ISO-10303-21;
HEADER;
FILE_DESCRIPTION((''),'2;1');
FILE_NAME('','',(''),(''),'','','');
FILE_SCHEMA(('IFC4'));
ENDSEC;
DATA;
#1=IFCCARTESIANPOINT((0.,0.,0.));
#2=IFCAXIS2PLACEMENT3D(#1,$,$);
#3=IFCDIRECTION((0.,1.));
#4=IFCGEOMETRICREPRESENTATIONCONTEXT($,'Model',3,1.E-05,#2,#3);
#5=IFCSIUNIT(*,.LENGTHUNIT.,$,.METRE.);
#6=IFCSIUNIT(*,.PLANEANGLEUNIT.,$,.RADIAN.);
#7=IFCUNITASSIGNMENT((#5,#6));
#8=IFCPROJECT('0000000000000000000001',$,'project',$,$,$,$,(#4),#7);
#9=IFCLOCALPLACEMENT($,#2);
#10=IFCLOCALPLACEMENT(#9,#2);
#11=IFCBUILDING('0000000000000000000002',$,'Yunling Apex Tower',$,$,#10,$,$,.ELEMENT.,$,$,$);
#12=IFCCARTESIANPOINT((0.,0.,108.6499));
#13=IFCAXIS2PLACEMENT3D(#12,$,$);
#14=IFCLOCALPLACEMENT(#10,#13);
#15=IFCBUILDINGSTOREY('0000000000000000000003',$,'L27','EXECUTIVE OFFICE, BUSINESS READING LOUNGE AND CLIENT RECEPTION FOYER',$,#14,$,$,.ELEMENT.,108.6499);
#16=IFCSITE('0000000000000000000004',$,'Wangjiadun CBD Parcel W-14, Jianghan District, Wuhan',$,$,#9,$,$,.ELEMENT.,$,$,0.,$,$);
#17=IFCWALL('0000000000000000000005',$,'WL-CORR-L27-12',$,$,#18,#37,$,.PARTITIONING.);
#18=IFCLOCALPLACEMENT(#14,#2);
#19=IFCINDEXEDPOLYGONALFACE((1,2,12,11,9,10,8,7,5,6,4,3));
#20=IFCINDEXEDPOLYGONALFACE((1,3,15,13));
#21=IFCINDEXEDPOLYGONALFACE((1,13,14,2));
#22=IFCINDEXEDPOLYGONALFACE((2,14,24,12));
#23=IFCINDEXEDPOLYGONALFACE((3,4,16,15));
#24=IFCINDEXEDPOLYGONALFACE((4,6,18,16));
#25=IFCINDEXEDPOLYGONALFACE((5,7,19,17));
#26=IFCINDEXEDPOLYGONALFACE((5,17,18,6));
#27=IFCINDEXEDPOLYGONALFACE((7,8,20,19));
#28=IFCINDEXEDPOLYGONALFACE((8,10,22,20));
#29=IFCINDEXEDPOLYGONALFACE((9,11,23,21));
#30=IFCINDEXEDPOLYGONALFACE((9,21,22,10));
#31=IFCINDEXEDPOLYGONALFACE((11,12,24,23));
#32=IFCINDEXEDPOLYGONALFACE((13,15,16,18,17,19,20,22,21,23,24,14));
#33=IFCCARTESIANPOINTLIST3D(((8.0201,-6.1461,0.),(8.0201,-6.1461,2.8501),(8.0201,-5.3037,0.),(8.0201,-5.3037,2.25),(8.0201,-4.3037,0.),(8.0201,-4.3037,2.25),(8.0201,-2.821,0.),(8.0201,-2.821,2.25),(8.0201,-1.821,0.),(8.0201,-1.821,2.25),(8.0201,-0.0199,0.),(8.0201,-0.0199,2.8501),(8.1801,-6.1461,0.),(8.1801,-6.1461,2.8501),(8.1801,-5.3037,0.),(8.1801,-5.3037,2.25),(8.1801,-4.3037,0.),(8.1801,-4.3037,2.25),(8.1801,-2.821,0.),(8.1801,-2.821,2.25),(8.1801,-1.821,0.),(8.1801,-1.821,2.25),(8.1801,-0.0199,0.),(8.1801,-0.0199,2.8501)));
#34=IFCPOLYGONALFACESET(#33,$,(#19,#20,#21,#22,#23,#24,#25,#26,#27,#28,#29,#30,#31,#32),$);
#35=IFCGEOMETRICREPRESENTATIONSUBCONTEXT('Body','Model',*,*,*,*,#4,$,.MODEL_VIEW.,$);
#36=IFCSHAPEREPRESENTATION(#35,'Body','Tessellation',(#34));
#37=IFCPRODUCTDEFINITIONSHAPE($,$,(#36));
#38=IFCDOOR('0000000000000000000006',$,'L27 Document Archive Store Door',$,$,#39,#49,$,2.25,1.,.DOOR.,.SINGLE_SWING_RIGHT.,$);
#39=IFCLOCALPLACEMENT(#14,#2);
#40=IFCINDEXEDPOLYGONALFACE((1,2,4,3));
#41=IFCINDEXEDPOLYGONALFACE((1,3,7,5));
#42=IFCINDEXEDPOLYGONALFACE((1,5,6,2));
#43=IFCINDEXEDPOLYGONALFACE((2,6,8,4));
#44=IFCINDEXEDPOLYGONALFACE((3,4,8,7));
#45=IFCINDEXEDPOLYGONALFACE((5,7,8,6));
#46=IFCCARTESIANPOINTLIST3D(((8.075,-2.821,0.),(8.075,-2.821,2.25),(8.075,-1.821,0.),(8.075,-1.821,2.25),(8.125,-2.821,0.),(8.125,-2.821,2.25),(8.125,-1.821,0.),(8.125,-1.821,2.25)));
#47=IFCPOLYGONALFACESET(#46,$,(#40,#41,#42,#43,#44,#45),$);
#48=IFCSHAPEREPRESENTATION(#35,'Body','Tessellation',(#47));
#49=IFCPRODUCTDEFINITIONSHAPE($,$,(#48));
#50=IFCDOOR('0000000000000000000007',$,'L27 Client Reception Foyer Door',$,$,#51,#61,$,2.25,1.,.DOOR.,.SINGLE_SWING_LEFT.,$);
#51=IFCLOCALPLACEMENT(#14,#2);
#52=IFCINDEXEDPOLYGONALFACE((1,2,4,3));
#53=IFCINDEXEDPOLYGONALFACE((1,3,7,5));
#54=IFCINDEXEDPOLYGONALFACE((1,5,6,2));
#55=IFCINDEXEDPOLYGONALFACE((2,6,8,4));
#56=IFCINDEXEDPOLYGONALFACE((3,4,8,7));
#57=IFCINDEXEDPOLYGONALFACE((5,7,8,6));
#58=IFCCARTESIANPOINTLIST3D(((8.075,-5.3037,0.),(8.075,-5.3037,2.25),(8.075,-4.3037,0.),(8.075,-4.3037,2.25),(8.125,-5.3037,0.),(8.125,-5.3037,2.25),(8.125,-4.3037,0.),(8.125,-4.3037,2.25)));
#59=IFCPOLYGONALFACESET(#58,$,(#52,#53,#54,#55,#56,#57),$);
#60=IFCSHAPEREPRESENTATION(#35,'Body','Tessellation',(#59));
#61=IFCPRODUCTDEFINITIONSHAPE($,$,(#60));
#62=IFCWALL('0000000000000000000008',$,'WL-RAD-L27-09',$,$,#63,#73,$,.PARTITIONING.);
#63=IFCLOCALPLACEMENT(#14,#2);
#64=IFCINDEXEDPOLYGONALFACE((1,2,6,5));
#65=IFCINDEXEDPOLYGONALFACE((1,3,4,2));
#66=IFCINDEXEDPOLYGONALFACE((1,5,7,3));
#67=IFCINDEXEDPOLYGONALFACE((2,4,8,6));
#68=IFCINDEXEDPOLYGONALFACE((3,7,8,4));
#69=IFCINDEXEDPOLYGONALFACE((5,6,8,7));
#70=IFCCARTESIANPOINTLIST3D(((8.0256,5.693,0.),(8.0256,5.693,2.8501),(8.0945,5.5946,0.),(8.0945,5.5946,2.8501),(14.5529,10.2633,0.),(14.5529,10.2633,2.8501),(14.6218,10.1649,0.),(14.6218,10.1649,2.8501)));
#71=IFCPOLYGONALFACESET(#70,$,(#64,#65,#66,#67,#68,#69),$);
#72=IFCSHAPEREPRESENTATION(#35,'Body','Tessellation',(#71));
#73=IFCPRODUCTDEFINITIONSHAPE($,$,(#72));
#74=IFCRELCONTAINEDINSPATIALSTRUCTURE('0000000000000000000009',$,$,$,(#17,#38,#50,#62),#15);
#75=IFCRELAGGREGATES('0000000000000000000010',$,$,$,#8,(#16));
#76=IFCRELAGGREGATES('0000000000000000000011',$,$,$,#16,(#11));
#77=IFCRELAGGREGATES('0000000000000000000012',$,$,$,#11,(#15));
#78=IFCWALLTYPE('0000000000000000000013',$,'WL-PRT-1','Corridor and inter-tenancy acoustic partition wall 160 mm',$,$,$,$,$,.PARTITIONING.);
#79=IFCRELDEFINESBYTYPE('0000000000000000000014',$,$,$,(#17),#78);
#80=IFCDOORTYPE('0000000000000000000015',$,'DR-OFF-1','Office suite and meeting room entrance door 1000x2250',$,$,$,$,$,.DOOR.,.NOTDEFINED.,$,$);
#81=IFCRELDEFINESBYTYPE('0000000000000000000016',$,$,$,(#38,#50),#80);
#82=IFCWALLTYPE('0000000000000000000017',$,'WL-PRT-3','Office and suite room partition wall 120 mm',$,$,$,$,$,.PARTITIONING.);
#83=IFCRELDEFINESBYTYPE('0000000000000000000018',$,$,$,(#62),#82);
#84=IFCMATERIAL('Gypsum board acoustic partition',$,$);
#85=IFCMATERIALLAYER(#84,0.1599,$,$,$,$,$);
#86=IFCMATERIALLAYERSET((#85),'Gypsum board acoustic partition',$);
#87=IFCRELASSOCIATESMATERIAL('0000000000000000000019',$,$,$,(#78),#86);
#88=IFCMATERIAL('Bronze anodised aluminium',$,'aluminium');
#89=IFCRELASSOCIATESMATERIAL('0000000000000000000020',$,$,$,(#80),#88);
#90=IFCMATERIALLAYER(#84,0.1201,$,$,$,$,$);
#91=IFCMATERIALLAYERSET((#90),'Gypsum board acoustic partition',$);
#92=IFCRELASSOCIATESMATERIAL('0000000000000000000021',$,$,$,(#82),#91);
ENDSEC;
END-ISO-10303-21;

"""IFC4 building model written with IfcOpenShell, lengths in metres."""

from ifc_helpers import new_model, si_unit, direction, frame, frame_2d, origin, place, context, subcontext, project, spatial, rectangle, extrude, material, layer, layer_set, type_object, element, fill, save


model = new_model("IFC4")

# Units and contexts
model_context = context("Model", 3, precision=1e-05, world=origin(), true_north=direction((0.0, 1.0)))
body_context = subcontext(model_context, "Body", "Model", "MODEL_VIEW")
ifc_project = project(units=[si_unit("LENGTHUNIT", "METRE"), si_unit("PLANEANGLEUNIT", "RADIAN")], contexts=[model_context])

# Site, building, storey
site_placement = place(None, origin())
site = spatial("IfcSite", under=ifc_project, at=site_placement, Name="Wangjiadun CBD Parcel W-14, Jianghan District, Wuhan", CompositionType="ELEMENT", RefElevation=0.0)
building_placement = place(site_placement, origin())
building = spatial("IfcBuilding", under=site, at=building_placement, Name="Yunling Apex Tower", CompositionType="ELEMENT")
storey_placement = place(building_placement, frame((0.0, 0.0, 108.6499)))
storey = spatial("IfcBuildingStorey", under=building, at=storey_placement, Name="L27", Description="EXECUTIVE OFFICE, BUSINESS READING LOUNGE AND CLIENT RECEPTION FOYER", CompositionType="ELEMENT", Elevation=108.6499)

# Shared definitions
ifc_material_1 = material(Name="Bronze anodised aluminium", Category="aluminium")

# Shared definitions
ifc_material_2 = material(Name="Gypsum board acoustic partition")
ifc_layer_1 = layer(ifc_material_2, 0.1599)
ifc_layer_set_1 = layer_set([ifc_layer_1], Name="Gypsum board acoustic partition")
wall_type_1 = type_object("IfcWallType", Name="WL-PRT-1", Description="Corridor and inter-tenancy acoustic partition wall 160 mm", PredefinedType="PARTITIONING", material=ifc_layer_set_1)

# Shared definitions
door_type = type_object("IfcDoorType", Name="DR-OFF-1", Description="Office suite and meeting room entrance door 1000x2250", OperationType="NOTDEFINED", PredefinedType="DOOR", material=ifc_material_1)

# Wall, openings, doors
wall_1_placement = place(storey_placement, frame((8.1001, -0.02, 0.0), z_axis=(0.0, 0.0, 1.0), x_axis=(0.0, -1.0, 0.0)))
wall_1 = element("IfcWall", 1, at=wall_1_placement, inside=storey, type_object=wall_type_1, Name="WL-CORR-L27-12", PredefinedType="PARTITIONING", context=body_context, shape_type="SweptSolid", body=[
    extrude(rectangle(XDim=6.1262, YDim=0.1599, at=frame_2d((3.063, 0.0))), origin(), (0.0, 0.0, 1.0), 2.8501),
])
opening_1_placement = place(wall_1_placement, frame((1.801, 0.0, 0.0)))
opening_1 = element("IfcOpeningElement", 2, at=opening_1_placement, cuts=wall_1, PredefinedType="OPENING", context=body_context, shape_type="SweptSolid", body=[
    extrude(rectangle(XDim=1.0, YDim=2.25, at=frame_2d((0.5, 1.125))), frame((0.0, 0.0898, 0.0), z_axis=(0.0, -1.0, 0.0), x_axis=(1.0, 0.0, 0.0)), (0.0, 0.0, 1.0), 0.1799),
])
opening_2_placement = place(wall_1_placement, frame((4.2837, 0.0, 0.0)))
opening_2 = element("IfcOpeningElement", 3, at=opening_2_placement, cuts=wall_1, PredefinedType="OPENING", context=body_context, shape_type="SweptSolid", body=[
    extrude(rectangle(XDim=1.0, YDim=2.25, at=frame_2d((0.5, 1.125))), frame((0.0, 0.0898, 0.0), z_axis=(0.0, -1.0, 0.0), x_axis=(1.0, 0.0, 0.0)), (0.0, 0.0, 1.0), 0.1799),
])
door_1_placement = place(opening_1_placement, origin())
door_1 = element("IfcDoor", 4, at=door_1_placement, inside=storey, type_object=door_type, Name="L27 Document Archive Store Door", OperationType="SINGLE_SWING_RIGHT", OverallHeight=2.25, OverallWidth=1.0, PredefinedType="DOOR", context=body_context, shape_type="SweptSolid", body=[
    extrude(rectangle(XDim=1.0, YDim=2.25, at=frame_2d((0.5, 1.125))), frame((0.0, 0.0249, 0.0), z_axis=(0.0, -1.0, 0.0), x_axis=(1.0, 0.0, 0.0)), (0.0, 0.0, 1.0), 0.05),
])
fill(opening_1, door_1)
door_2_placement = place(opening_2_placement, origin())
door_2 = element("IfcDoor", 5, at=door_2_placement, inside=storey, type_object=door_type, Name="L27 Client Reception Foyer Door", OperationType="SINGLE_SWING_LEFT", OverallHeight=2.25, OverallWidth=1.0, PredefinedType="DOOR", context=body_context, shape_type="SweptSolid", body=[
    extrude(rectangle(XDim=1.0, YDim=2.25, at=frame_2d((0.5, 1.125))), frame((0.0, 0.0249, 0.0), z_axis=(0.0, -1.0, 0.0), x_axis=(1.0, 0.0, 0.0)), (0.0, 0.0, 1.0), 0.05),
])
fill(opening_2, door_2)

# Wall
ifc_layer_2 = layer(ifc_material_2, 0.1201)
ifc_layer_set_2 = layer_set([ifc_layer_2], Name="Gypsum board acoustic partition")
wall_type_2 = type_object("IfcWallType", Name="WL-PRT-3", Description="Office and suite room partition wall 120 mm", PredefinedType="PARTITIONING", material=ifc_layer_set_2)
wall_2_placement = place(storey_placement, frame((8.0601, 5.6438, 0.0), z_axis=(0.0, 0.0, 1.0), x_axis=(0.819163, 0.573561, 0.0)))
element("IfcWall", 6, at=wall_2_placement, inside=storey, type_object=wall_type_2, Name="WL-RAD-L27-09", PredefinedType="PARTITIONING", context=body_context, shape_type="SweptSolid", body=[
    extrude(rectangle(XDim=7.9683, YDim=0.1201, at=frame_2d((3.9841, 0.0))), origin(), (0.0, 0.0, 1.0), 2.8501),
])

save(model, "model.ifc")
